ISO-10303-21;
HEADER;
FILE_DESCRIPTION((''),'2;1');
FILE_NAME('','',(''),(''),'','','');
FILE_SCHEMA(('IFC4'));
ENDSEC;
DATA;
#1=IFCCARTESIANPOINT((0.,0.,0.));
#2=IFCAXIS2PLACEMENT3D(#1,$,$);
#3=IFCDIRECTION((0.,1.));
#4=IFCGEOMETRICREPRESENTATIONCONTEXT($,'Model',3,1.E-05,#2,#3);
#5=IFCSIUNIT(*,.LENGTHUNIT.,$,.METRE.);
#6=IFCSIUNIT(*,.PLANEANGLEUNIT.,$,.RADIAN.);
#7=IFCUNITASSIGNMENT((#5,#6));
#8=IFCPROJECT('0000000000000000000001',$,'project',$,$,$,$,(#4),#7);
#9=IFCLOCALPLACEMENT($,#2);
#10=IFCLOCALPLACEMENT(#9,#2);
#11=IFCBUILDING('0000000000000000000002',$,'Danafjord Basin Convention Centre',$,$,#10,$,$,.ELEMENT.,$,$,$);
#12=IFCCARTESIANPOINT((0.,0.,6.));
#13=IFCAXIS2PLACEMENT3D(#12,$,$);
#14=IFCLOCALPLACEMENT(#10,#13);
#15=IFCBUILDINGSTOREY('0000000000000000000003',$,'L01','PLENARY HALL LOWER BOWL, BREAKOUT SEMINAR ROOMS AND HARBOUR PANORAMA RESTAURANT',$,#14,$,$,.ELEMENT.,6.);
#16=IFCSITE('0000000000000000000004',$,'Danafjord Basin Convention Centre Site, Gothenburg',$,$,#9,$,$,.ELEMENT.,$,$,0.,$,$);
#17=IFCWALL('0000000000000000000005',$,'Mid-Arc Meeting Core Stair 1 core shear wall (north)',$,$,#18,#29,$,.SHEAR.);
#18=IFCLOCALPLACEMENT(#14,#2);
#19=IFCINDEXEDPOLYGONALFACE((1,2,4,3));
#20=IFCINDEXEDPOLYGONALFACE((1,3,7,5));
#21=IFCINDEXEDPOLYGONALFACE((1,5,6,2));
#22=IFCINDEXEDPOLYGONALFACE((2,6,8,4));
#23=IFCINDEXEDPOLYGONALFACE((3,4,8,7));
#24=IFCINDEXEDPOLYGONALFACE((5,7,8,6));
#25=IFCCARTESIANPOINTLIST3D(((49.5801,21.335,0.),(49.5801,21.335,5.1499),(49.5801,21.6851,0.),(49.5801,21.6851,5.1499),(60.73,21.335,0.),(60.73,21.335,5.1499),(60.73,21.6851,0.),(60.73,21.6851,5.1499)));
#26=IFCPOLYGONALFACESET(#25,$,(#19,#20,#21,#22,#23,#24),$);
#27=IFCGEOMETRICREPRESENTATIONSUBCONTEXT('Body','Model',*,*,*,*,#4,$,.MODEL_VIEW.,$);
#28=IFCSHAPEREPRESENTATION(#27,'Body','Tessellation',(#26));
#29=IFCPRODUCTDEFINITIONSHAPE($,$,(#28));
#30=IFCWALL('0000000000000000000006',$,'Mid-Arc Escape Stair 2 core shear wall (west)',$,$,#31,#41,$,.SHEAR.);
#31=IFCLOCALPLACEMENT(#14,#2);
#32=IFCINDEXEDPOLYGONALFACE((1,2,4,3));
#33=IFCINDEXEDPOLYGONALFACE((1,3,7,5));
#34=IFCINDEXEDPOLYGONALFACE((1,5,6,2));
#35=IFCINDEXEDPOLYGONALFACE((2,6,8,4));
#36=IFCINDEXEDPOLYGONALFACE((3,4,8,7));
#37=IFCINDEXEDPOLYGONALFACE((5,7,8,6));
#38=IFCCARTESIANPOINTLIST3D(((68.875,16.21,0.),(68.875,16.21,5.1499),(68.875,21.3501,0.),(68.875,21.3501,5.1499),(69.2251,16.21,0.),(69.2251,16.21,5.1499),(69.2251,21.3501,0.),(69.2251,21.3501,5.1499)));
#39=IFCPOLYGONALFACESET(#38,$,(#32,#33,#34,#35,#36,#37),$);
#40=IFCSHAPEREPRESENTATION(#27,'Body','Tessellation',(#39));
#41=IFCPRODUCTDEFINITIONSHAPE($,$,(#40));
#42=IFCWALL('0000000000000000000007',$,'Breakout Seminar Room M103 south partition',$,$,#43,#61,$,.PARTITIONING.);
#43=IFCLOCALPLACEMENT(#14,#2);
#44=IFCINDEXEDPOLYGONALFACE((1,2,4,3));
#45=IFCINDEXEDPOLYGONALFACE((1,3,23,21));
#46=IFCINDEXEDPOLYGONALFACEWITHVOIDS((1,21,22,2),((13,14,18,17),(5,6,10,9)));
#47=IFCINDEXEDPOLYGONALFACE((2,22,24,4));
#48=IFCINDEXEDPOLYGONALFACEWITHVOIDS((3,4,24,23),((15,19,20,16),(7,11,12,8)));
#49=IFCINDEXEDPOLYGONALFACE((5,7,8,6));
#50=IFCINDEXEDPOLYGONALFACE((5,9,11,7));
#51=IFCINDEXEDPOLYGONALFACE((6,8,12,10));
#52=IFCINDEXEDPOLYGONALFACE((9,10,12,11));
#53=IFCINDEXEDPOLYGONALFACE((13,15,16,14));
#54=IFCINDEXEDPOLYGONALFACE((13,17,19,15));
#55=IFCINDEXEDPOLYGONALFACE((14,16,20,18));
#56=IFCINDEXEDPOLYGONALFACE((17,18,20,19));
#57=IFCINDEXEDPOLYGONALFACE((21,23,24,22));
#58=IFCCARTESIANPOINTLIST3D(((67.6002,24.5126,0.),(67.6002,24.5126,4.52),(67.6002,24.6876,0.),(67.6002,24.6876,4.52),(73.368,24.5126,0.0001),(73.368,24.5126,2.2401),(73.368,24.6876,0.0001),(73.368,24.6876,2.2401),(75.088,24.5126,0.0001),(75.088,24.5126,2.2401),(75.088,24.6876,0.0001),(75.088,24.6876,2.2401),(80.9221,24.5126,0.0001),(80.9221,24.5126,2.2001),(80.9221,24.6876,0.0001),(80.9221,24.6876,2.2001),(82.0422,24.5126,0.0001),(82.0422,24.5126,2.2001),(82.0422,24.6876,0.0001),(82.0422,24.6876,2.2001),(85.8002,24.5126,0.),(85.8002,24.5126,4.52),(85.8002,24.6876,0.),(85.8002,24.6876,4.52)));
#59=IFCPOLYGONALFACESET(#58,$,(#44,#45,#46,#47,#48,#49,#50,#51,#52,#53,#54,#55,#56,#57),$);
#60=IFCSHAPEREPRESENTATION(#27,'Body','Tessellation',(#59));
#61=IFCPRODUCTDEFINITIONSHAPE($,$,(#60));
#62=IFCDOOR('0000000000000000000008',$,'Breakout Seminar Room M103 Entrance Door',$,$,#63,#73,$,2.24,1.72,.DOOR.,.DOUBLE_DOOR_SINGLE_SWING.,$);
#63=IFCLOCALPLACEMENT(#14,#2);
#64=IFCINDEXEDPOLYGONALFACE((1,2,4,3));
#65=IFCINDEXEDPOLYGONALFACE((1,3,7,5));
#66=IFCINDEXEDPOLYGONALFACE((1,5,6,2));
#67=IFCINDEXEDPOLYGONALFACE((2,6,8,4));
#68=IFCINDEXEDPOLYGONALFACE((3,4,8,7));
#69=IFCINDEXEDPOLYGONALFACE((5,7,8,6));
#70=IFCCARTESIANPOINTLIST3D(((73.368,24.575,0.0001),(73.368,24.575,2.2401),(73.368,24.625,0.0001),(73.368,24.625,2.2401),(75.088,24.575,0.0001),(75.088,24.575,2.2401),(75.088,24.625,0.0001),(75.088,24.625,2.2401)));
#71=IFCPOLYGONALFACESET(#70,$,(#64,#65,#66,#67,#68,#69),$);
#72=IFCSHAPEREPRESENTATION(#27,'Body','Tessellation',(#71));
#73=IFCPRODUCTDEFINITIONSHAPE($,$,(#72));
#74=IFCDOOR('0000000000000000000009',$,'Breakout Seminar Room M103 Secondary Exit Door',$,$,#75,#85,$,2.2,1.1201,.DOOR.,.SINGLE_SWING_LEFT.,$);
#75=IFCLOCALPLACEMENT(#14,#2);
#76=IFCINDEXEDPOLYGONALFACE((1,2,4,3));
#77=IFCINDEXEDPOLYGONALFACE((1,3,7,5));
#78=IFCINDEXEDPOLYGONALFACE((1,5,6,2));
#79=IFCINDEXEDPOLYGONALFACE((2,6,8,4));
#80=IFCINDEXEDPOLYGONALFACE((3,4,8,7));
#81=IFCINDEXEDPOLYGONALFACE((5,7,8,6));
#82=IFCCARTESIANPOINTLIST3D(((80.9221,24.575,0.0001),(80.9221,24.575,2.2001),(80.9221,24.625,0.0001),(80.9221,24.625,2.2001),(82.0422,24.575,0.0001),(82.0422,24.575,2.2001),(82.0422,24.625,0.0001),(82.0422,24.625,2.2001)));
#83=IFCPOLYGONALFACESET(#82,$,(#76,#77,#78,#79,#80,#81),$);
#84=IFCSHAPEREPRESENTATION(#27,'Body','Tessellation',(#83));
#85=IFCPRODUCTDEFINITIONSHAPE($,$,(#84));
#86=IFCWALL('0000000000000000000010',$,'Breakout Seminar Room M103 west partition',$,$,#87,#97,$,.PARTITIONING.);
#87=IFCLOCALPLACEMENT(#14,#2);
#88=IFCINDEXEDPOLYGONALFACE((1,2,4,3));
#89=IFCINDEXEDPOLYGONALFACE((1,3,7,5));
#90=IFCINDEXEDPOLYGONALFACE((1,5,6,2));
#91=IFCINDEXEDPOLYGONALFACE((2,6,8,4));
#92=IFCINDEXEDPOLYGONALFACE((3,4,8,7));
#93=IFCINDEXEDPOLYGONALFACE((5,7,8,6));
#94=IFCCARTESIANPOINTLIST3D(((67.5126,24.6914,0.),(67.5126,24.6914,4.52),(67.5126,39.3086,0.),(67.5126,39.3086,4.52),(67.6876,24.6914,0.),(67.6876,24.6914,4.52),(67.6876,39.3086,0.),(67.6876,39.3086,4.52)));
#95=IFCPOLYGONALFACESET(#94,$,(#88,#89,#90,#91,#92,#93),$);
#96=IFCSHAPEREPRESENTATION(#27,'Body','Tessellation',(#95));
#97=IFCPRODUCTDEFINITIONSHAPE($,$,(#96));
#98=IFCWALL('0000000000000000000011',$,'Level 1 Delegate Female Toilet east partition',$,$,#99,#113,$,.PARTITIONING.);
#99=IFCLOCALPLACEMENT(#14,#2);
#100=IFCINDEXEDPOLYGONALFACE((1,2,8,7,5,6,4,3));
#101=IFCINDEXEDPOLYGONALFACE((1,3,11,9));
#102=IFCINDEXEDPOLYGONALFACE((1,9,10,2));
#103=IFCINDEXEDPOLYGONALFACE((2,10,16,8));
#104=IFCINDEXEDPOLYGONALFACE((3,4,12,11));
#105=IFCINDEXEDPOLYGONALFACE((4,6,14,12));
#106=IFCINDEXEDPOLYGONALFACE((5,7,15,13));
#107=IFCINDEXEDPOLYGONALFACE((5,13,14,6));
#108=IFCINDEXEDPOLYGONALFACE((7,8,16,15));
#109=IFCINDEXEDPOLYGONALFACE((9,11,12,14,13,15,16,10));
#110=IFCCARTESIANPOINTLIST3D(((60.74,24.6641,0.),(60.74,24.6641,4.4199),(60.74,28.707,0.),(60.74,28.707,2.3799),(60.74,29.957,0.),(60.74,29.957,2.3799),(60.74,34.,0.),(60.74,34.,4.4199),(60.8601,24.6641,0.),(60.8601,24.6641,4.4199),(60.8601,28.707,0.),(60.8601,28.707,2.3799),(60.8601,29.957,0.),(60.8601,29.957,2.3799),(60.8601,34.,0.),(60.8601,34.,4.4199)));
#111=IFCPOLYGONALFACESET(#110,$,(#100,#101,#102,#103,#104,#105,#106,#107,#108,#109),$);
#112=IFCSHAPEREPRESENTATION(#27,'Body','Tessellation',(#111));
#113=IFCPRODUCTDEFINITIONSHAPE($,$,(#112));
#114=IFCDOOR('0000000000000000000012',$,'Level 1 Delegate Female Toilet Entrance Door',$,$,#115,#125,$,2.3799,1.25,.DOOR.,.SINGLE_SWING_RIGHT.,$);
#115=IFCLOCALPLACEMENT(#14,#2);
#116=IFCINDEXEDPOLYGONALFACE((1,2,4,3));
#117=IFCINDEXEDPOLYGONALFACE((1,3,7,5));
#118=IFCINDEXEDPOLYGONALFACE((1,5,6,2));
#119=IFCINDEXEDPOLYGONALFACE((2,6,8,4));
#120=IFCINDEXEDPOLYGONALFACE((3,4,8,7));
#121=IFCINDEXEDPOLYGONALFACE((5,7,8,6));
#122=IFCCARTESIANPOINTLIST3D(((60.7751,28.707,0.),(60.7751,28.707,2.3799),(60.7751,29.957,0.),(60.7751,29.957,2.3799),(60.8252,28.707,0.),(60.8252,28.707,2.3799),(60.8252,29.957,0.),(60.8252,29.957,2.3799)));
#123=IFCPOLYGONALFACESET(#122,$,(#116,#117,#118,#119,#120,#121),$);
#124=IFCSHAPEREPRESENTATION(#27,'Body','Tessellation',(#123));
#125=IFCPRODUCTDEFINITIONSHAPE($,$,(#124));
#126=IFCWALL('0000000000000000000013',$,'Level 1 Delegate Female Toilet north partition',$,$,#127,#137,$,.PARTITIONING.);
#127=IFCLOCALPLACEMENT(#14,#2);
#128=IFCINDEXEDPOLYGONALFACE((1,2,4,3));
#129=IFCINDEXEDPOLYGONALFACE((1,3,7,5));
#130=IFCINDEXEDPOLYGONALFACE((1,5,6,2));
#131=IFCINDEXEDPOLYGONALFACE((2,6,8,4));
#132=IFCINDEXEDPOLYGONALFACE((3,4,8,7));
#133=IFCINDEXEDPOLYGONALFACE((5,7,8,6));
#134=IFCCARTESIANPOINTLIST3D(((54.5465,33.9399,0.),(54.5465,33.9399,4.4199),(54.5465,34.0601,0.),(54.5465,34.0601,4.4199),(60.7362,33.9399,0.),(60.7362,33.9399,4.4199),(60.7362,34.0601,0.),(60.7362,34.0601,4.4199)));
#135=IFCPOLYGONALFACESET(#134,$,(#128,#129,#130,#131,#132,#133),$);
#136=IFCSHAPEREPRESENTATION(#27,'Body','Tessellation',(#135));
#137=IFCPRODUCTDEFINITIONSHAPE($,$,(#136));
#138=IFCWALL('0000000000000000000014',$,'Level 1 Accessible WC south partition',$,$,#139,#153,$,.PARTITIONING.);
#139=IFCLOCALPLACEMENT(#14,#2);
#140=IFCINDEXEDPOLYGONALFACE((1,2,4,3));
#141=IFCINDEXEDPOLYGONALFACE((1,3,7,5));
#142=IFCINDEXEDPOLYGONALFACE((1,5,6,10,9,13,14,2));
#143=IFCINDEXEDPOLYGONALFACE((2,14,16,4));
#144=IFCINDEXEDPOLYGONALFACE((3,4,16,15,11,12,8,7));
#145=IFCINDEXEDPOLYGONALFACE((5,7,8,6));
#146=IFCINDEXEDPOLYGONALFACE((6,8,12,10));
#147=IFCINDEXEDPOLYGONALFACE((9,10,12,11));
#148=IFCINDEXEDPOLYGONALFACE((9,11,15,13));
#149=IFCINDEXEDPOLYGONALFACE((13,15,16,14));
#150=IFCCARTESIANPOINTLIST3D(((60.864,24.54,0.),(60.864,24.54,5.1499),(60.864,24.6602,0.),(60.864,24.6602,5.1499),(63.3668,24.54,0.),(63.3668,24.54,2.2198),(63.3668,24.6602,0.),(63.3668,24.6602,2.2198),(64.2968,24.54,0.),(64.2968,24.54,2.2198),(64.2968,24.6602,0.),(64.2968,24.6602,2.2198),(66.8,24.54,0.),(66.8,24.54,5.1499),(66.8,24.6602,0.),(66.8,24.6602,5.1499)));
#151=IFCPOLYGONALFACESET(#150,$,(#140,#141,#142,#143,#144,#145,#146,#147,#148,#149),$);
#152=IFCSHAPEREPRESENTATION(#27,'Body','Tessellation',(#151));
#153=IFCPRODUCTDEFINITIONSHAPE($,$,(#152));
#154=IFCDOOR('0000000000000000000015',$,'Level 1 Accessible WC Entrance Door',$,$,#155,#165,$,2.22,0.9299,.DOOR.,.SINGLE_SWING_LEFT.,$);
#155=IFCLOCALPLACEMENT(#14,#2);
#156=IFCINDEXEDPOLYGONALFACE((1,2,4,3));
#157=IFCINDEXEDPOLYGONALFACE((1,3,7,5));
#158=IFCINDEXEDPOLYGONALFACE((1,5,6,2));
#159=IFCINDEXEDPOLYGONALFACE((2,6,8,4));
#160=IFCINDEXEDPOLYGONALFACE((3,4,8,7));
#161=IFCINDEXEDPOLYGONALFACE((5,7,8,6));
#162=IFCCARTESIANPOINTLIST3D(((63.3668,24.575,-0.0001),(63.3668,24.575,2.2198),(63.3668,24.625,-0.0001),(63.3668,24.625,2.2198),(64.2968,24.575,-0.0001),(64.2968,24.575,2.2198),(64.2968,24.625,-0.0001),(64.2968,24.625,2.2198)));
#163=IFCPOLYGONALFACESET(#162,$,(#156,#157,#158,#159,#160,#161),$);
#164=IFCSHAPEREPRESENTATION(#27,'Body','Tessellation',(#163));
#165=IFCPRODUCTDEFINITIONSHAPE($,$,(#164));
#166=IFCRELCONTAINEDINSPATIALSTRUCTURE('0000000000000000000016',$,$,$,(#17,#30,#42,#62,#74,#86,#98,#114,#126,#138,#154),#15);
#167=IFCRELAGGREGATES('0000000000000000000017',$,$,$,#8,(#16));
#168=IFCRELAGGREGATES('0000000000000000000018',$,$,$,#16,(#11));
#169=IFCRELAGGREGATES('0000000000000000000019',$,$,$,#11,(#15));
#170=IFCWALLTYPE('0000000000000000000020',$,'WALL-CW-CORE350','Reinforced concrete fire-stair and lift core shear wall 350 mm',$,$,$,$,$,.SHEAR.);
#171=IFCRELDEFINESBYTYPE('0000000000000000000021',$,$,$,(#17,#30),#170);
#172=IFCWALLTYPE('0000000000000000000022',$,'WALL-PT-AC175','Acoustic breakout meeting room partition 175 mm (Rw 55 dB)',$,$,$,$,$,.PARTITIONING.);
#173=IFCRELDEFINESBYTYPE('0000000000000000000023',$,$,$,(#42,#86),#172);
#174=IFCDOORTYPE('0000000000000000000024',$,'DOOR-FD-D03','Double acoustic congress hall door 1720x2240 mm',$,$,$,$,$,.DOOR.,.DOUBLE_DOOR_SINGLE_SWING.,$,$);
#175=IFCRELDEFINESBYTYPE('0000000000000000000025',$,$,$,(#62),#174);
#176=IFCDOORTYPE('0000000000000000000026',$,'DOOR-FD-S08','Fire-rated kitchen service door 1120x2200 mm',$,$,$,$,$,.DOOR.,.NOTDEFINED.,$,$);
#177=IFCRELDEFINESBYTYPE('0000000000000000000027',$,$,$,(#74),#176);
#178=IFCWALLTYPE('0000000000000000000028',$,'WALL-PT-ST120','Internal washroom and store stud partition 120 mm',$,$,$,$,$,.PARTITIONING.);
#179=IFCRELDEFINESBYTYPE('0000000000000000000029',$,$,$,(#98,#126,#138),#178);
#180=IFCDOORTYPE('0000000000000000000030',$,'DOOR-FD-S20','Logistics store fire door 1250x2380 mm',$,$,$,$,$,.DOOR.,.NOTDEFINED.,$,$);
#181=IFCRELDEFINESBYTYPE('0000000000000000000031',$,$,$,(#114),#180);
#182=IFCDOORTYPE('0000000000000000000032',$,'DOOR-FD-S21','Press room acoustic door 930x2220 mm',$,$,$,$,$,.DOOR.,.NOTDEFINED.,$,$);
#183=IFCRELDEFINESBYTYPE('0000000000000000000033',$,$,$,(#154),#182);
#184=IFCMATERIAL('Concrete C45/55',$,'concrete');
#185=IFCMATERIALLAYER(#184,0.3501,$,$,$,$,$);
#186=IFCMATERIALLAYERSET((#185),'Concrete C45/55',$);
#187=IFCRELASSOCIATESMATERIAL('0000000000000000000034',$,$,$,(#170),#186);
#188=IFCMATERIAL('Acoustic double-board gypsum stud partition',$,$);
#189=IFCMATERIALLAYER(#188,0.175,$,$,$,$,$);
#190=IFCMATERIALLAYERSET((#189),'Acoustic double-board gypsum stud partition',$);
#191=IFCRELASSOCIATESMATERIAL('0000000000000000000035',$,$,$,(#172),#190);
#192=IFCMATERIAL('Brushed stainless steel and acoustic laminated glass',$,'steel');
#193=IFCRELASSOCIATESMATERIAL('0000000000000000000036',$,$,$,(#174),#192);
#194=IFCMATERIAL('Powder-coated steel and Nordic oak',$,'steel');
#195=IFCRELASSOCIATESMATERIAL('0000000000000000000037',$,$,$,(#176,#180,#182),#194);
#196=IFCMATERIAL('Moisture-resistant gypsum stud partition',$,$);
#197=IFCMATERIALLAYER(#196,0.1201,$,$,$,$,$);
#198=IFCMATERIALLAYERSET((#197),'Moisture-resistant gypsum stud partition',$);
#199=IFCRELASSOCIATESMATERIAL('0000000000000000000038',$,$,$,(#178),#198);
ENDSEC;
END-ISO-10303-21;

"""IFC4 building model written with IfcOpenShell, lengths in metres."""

from ifc_helpers import new_model, si_unit, direction, frame, frame_2d, origin, place, context, subcontext, project, spatial, rectangle, extrude, material, layer, layer_set, type_object, element, fill, save


model = new_model("IFC4")

# Units and contexts
model_context = context("Model", 3, precision=1e-05, world=origin(), true_north=direction((0.0, 1.0)))
body_context = subcontext(model_context, "Body", "Model", "MODEL_VIEW")
ifc_project = project(units=[si_unit("LENGTHUNIT", "METRE"), si_unit("PLANEANGLEUNIT", "RADIAN")], contexts=[model_context])

# Site, building, storey
site_placement = place(None, origin())
site = spatial("IfcSite", under=ifc_project, at=site_placement, Name="Danafjord Basin Convention Centre Site, Gothenburg", CompositionType="ELEMENT", RefElevation=0.0)
building_placement = place(site_placement, origin())
building = spatial("IfcBuilding", under=site, at=building_placement, Name="Danafjord Basin Convention Centre", CompositionType="ELEMENT")
storey_placement = place(building_placement, frame((0.0, 0.0, 6.0)))
storey = spatial("IfcBuildingStorey", under=building, at=storey_placement, Name="L01", Description="PLENARY HALL LOWER BOWL, BREAKOUT SEMINAR ROOMS AND HARBOUR PANORAMA RESTAURANT", CompositionType="ELEMENT", Elevation=6.0)

# Walls
ifc_material_1 = material(Name="Concrete C45/55", Category="concrete")
ifc_layer_1 = layer(ifc_material_1, 0.3501)
ifc_layer_set_1 = layer_set([ifc_layer_1], Name="Concrete C45/55")
wall_type_1 = type_object("IfcWallType", Name="WALL-CW-CORE350", Description="Reinforced concrete fire-stair and lift core shear wall 350 mm", PredefinedType="SHEAR", material=ifc_layer_set_1)
wall_1_placement = place(storey_placement, frame((60.73, 21.51, 0.0), z_axis=(0.0, 0.0, 1.0), x_axis=(-1.0, 0.0, 0.0)))
element("IfcWall", 1, at=wall_1_placement, inside=storey, type_object=wall_type_1, Name="Mid-Arc Meeting Core Stair 1 core shear wall (north)", PredefinedType="SHEAR", context=body_context, shape_type="SweptSolid", body=[
    extrude(rectangle(XDim=11.1499, YDim=0.3501, at=frame_2d((5.575, 0.0))), origin(), (0.0, 0.0, 1.0), 5.1499),
])
wall_2_placement = place(storey_placement, frame((69.05, 21.3501, 0.0), z_axis=(0.0, 0.0, 1.0), x_axis=(0.0, -1.0, 0.0)))
element("IfcWall", 2, at=wall_2_placement, inside=storey, type_object=wall_type_1, Name="Mid-Arc Escape Stair 2 core shear wall (west)", PredefinedType="SHEAR", context=body_context, shape_type="SweptSolid", body=[
    extrude(rectangle(XDim=5.1401, YDim=0.3501, at=frame_2d((2.5701, 0.0))), origin(), (0.0, 0.0, 1.0), 5.1499),
])

# Wall, openings, doors
ifc_material_2 = material(Name="Acoustic double-board gypsum stud partition")
ifc_layer_2 = layer(ifc_material_2, 0.175)
ifc_layer_set_2 = layer_set([ifc_layer_2], Name="Acoustic double-board gypsum stud partition")
wall_type_2 = type_object("IfcWallType", Name="WALL-PT-AC175", Description="Acoustic breakout meeting room partition 175 mm (Rw 55 dB)", PredefinedType="PARTITIONING", material=ifc_layer_set_2)
wall_3_placement = place(storey_placement, frame((67.6001, 24.6001, 0.0), z_axis=(0.0, 0.0, 1.0), x_axis=(1.0, 0.0, 0.0)))
wall_3 = element("IfcWall", 3, at=wall_3_placement, inside=storey, type_object=wall_type_2, Name="Breakout Seminar Room M103 south partition", PredefinedType="PARTITIONING", context=body_context, shape_type="SweptSolid", body=[
    extrude(rectangle(XDim=18.2, YDim=0.175, at=frame_2d((9.1001, 0.0))), origin(), (0.0, 0.0, 1.0), 4.52),
])
opening_1_placement = place(wall_3_placement, frame((5.7681, 0.0, 0.0)))
opening_1 = element("IfcOpeningElement", 4, at=opening_1_placement, cuts=wall_3, PredefinedType="OPENING", context=body_context, shape_type="SweptSolid", body=[
    extrude(rectangle(XDim=1.72, YDim=2.24, at=frame_2d((0.8599, 1.1201))), frame((0.0, 0.0974, 0.0), z_axis=(0.0, -1.0, 0.0), x_axis=(1.0, 0.0, 0.0)), (0.0, 0.0, 1.0), 0.1951),
])
opening_2_placement = place(wall_3_placement, frame((13.322, 0.0, 0.0)))
opening_2 = element("IfcOpeningElement", 5, at=opening_2_placement, cuts=wall_3, PredefinedType="OPENING", context=body_context, shape_type="SweptSolid", body=[
    extrude(rectangle(XDim=1.1201, YDim=2.2, at=frame_2d((0.5601, 1.1001))), frame((0.0, 0.0974, 0.0), z_axis=(0.0, -1.0, 0.0), x_axis=(1.0, 0.0, 0.0)), (0.0, 0.0, 1.0), 0.1951),
])
ifc_material_3 = material(Name="Brushed stainless steel and acoustic laminated glass", Category="steel")
door_type_1 = type_object("IfcDoorType", Name="DOOR-FD-D03", Description="Double acoustic congress hall door 1720x2240 mm", OperationType="DOUBLE_DOOR_SINGLE_SWING", PredefinedType="DOOR", material=ifc_material_3)
door_1_placement = place(opening_1_placement, origin())
door_1 = element("IfcDoor", 6, at=door_1_placement, inside=storey, type_object=door_type_1, Name="Breakout Seminar Room M103 Entrance Door", OperationType="DOUBLE_DOOR_SINGLE_SWING", OverallHeight=2.24, OverallWidth=1.72, PredefinedType="DOOR", context=body_context, shape_type="SweptSolid", body=[
    extrude(rectangle(XDim=1.72, YDim=2.24, at=frame_2d((0.8599, 1.1201))), frame((0.0, 0.0249, 0.0), z_axis=(0.0, -1.0, 0.0), x_axis=(1.0, 0.0, 0.0)), (0.0, 0.0, 1.0), 0.05),
])
fill(opening_1, door_1)
ifc_material_4 = material(Name="Powder-coated steel and Nordic oak", Category="steel")
door_type_2 = type_object("IfcDoorType", Name="DOOR-FD-S08", Description="Fire-rated kitchen service door 1120x2200 mm", OperationType="NOTDEFINED", PredefinedType="DOOR", material=ifc_material_4)
door_2_placement = place(opening_2_placement, origin())
door_2 = element("IfcDoor", 7, at=door_2_placement, inside=storey, type_object=door_type_2, Name="Breakout Seminar Room M103 Secondary Exit Door", OperationType="SINGLE_SWING_LEFT", OverallHeight=2.2, OverallWidth=1.1201, PredefinedType="DOOR", context=body_context, shape_type="SweptSolid", body=[
    extrude(rectangle(XDim=1.1201, YDim=2.2, at=frame_2d((0.5601, 1.1001))), frame((0.0, 0.0249, 0.0), z_axis=(0.0, -1.0, 0.0), x_axis=(1.0, 0.0, 0.0)), (0.0, 0.0, 1.0), 0.05),
])
fill(opening_2, door_2)

# Wall
wall_4_placement = place(storey_placement, frame((67.6001, 39.3086, 0.0), z_axis=(0.0, 0.0, 1.0), x_axis=(0.0, -1.0, 0.0)))
element("IfcWall", 8, at=wall_4_placement, inside=storey, type_object=wall_type_2, Name="Breakout Seminar Room M103 west partition", PredefinedType="PARTITIONING", context=body_context, shape_type="SweptSolid", body=[
    extrude(rectangle(XDim=14.6172, YDim=0.175, at=frame_2d((7.3086, 0.0))), origin(), (0.0, 0.0, 1.0), 4.52),
])

# Wall, opening, door
ifc_material_5 = material(Name="Moisture-resistant gypsum stud partition")
ifc_layer_3 = layer(ifc_material_5, 0.1201)
ifc_layer_set_3 = layer_set([ifc_layer_3], Name="Moisture-resistant gypsum stud partition")
wall_type_3 = type_object("IfcWallType", Name="WALL-PT-ST120", Description="Internal washroom and store stud partition 120 mm", PredefinedType="PARTITIONING", material=ifc_layer_set_3)
wall_5_placement = place(storey_placement, frame((60.8, 24.6641, 0.0), z_axis=(0.0, 0.0, 1.0), x_axis=(0.0, 1.0, 0.0)))
wall_5 = element("IfcWall", 9, at=wall_5_placement, inside=storey, type_object=wall_type_3, Name="Level 1 Delegate Female Toilet east partition", PredefinedType="PARTITIONING", context=body_context, shape_type="SweptSolid", body=[
    extrude(rectangle(XDim=9.3359, YDim=0.1201, at=frame_2d((4.668, 0.0))), origin(), (0.0, 0.0, 1.0), 4.4199),
])
opening_3_placement = place(wall_5_placement, frame((4.043, 0.0, 0.0)))
opening_3 = element("IfcOpeningElement", 10, at=opening_3_placement, cuts=wall_5, PredefinedType="OPENING", context=body_context, shape_type="SweptSolid", body=[
    extrude(rectangle(XDim=1.25, YDim=2.3799, at=frame_2d((0.625, 1.1899))), frame((0.0, 0.0701, 0.0), z_axis=(0.0, -1.0, 0.0), x_axis=(1.0, 0.0, 0.0)), (0.0, 0.0, 1.0), 0.1401),
])
door_type_3 = type_object("IfcDoorType", Name="DOOR-FD-S20", Description="Logistics store fire door 1250x2380 mm", OperationType="NOTDEFINED", PredefinedType="DOOR", material=ifc_material_4)
door_3_placement = place(opening_3_placement, origin())
door_3 = element("IfcDoor", 11, at=door_3_placement, inside=storey, type_object=door_type_3, Name="Level 1 Delegate Female Toilet Entrance Door", OperationType="SINGLE_SWING_RIGHT", OverallHeight=2.3799, OverallWidth=1.25, PredefinedType="DOOR", context=body_context, shape_type="SweptSolid", body=[
    extrude(rectangle(XDim=1.25, YDim=2.3799, at=frame_2d((0.625, 1.1899))), frame((0.0, 0.0249, 0.0), z_axis=(0.0, -1.0, 0.0), x_axis=(1.0, 0.0, 0.0)), (0.0, 0.0, 1.0), 0.05),
])
fill(opening_3, door_3)

# Wall
wall_6_placement = place(storey_placement, frame((60.7361, 34.0, 0.0), z_axis=(0.0, 0.0, 1.0), x_axis=(-1.0, 0.0, 0.0)))
element("IfcWall", 12, at=wall_6_placement, inside=storey, type_object=wall_type_3, Name="Level 1 Delegate Female Toilet north partition", PredefinedType="PARTITIONING", context=body_context, shape_type="SweptSolid", body=[
    extrude(rectangle(XDim=6.1897, YDim=0.1201, at=frame_2d((3.0947, 0.0))), origin(), (0.0, 0.0, 1.0), 4.4199),
])

# Wall, opening, door
wall_7_placement = place(storey_placement, frame((60.864, 24.6001, 0.0), z_axis=(0.0, 0.0, 1.0), x_axis=(1.0, 0.0, 0.0)))
wall_7 = element("IfcWall", 13, at=wall_7_placement, inside=storey, type_object=wall_type_3, Name="Level 1 Accessible WC south partition", PredefinedType="PARTITIONING", context=body_context, shape_type="SweptSolid", body=[
    extrude(rectangle(XDim=5.936, YDim=0.1201, at=frame_2d((2.968, 0.0))), origin(), (0.0, 0.0, 1.0), 5.1499),
])
opening_4_placement = place(wall_7_placement, frame((2.5029, 0.0, 0.0)))
opening_4 = element("IfcOpeningElement", 14, at=opening_4_placement, cuts=wall_7, PredefinedType="OPENING", context=body_context, shape_type="SweptSolid", body=[
    extrude(rectangle(XDim=0.9299, YDim=2.22, at=frame_2d((0.4648, 1.1099))), frame((0.0, 0.0701, 0.0), z_axis=(0.0, -1.0, 0.0), x_axis=(1.0, 0.0, 0.0)), (0.0, 0.0, 1.0), 0.1401),
])
door_type_4 = type_object("IfcDoorType", Name="DOOR-FD-S21", Description="Press room acoustic door 930x2220 mm", OperationType="NOTDEFINED", PredefinedType="DOOR", material=ifc_material_4)
door_4_placement = place(opening_4_placement, origin())
door_4 = element("IfcDoor", 15, at=door_4_placement, inside=storey, type_object=door_type_4, Name="Level 1 Accessible WC Entrance Door", OperationType="SINGLE_SWING_LEFT", OverallHeight=2.22, OverallWidth=0.9299, PredefinedType="DOOR", context=body_context, shape_type="SweptSolid", body=[
    extrude(rectangle(XDim=0.9299, YDim=2.22, at=frame_2d((0.4648, 1.1099))), frame((0.0, 0.0249, 0.0), z_axis=(0.0, -1.0, 0.0), x_axis=(1.0, 0.0, 0.0)), (0.0, 0.0, 1.0), 0.05),
])
fill(opening_4, door_4)

save(model, "model.ifc")
